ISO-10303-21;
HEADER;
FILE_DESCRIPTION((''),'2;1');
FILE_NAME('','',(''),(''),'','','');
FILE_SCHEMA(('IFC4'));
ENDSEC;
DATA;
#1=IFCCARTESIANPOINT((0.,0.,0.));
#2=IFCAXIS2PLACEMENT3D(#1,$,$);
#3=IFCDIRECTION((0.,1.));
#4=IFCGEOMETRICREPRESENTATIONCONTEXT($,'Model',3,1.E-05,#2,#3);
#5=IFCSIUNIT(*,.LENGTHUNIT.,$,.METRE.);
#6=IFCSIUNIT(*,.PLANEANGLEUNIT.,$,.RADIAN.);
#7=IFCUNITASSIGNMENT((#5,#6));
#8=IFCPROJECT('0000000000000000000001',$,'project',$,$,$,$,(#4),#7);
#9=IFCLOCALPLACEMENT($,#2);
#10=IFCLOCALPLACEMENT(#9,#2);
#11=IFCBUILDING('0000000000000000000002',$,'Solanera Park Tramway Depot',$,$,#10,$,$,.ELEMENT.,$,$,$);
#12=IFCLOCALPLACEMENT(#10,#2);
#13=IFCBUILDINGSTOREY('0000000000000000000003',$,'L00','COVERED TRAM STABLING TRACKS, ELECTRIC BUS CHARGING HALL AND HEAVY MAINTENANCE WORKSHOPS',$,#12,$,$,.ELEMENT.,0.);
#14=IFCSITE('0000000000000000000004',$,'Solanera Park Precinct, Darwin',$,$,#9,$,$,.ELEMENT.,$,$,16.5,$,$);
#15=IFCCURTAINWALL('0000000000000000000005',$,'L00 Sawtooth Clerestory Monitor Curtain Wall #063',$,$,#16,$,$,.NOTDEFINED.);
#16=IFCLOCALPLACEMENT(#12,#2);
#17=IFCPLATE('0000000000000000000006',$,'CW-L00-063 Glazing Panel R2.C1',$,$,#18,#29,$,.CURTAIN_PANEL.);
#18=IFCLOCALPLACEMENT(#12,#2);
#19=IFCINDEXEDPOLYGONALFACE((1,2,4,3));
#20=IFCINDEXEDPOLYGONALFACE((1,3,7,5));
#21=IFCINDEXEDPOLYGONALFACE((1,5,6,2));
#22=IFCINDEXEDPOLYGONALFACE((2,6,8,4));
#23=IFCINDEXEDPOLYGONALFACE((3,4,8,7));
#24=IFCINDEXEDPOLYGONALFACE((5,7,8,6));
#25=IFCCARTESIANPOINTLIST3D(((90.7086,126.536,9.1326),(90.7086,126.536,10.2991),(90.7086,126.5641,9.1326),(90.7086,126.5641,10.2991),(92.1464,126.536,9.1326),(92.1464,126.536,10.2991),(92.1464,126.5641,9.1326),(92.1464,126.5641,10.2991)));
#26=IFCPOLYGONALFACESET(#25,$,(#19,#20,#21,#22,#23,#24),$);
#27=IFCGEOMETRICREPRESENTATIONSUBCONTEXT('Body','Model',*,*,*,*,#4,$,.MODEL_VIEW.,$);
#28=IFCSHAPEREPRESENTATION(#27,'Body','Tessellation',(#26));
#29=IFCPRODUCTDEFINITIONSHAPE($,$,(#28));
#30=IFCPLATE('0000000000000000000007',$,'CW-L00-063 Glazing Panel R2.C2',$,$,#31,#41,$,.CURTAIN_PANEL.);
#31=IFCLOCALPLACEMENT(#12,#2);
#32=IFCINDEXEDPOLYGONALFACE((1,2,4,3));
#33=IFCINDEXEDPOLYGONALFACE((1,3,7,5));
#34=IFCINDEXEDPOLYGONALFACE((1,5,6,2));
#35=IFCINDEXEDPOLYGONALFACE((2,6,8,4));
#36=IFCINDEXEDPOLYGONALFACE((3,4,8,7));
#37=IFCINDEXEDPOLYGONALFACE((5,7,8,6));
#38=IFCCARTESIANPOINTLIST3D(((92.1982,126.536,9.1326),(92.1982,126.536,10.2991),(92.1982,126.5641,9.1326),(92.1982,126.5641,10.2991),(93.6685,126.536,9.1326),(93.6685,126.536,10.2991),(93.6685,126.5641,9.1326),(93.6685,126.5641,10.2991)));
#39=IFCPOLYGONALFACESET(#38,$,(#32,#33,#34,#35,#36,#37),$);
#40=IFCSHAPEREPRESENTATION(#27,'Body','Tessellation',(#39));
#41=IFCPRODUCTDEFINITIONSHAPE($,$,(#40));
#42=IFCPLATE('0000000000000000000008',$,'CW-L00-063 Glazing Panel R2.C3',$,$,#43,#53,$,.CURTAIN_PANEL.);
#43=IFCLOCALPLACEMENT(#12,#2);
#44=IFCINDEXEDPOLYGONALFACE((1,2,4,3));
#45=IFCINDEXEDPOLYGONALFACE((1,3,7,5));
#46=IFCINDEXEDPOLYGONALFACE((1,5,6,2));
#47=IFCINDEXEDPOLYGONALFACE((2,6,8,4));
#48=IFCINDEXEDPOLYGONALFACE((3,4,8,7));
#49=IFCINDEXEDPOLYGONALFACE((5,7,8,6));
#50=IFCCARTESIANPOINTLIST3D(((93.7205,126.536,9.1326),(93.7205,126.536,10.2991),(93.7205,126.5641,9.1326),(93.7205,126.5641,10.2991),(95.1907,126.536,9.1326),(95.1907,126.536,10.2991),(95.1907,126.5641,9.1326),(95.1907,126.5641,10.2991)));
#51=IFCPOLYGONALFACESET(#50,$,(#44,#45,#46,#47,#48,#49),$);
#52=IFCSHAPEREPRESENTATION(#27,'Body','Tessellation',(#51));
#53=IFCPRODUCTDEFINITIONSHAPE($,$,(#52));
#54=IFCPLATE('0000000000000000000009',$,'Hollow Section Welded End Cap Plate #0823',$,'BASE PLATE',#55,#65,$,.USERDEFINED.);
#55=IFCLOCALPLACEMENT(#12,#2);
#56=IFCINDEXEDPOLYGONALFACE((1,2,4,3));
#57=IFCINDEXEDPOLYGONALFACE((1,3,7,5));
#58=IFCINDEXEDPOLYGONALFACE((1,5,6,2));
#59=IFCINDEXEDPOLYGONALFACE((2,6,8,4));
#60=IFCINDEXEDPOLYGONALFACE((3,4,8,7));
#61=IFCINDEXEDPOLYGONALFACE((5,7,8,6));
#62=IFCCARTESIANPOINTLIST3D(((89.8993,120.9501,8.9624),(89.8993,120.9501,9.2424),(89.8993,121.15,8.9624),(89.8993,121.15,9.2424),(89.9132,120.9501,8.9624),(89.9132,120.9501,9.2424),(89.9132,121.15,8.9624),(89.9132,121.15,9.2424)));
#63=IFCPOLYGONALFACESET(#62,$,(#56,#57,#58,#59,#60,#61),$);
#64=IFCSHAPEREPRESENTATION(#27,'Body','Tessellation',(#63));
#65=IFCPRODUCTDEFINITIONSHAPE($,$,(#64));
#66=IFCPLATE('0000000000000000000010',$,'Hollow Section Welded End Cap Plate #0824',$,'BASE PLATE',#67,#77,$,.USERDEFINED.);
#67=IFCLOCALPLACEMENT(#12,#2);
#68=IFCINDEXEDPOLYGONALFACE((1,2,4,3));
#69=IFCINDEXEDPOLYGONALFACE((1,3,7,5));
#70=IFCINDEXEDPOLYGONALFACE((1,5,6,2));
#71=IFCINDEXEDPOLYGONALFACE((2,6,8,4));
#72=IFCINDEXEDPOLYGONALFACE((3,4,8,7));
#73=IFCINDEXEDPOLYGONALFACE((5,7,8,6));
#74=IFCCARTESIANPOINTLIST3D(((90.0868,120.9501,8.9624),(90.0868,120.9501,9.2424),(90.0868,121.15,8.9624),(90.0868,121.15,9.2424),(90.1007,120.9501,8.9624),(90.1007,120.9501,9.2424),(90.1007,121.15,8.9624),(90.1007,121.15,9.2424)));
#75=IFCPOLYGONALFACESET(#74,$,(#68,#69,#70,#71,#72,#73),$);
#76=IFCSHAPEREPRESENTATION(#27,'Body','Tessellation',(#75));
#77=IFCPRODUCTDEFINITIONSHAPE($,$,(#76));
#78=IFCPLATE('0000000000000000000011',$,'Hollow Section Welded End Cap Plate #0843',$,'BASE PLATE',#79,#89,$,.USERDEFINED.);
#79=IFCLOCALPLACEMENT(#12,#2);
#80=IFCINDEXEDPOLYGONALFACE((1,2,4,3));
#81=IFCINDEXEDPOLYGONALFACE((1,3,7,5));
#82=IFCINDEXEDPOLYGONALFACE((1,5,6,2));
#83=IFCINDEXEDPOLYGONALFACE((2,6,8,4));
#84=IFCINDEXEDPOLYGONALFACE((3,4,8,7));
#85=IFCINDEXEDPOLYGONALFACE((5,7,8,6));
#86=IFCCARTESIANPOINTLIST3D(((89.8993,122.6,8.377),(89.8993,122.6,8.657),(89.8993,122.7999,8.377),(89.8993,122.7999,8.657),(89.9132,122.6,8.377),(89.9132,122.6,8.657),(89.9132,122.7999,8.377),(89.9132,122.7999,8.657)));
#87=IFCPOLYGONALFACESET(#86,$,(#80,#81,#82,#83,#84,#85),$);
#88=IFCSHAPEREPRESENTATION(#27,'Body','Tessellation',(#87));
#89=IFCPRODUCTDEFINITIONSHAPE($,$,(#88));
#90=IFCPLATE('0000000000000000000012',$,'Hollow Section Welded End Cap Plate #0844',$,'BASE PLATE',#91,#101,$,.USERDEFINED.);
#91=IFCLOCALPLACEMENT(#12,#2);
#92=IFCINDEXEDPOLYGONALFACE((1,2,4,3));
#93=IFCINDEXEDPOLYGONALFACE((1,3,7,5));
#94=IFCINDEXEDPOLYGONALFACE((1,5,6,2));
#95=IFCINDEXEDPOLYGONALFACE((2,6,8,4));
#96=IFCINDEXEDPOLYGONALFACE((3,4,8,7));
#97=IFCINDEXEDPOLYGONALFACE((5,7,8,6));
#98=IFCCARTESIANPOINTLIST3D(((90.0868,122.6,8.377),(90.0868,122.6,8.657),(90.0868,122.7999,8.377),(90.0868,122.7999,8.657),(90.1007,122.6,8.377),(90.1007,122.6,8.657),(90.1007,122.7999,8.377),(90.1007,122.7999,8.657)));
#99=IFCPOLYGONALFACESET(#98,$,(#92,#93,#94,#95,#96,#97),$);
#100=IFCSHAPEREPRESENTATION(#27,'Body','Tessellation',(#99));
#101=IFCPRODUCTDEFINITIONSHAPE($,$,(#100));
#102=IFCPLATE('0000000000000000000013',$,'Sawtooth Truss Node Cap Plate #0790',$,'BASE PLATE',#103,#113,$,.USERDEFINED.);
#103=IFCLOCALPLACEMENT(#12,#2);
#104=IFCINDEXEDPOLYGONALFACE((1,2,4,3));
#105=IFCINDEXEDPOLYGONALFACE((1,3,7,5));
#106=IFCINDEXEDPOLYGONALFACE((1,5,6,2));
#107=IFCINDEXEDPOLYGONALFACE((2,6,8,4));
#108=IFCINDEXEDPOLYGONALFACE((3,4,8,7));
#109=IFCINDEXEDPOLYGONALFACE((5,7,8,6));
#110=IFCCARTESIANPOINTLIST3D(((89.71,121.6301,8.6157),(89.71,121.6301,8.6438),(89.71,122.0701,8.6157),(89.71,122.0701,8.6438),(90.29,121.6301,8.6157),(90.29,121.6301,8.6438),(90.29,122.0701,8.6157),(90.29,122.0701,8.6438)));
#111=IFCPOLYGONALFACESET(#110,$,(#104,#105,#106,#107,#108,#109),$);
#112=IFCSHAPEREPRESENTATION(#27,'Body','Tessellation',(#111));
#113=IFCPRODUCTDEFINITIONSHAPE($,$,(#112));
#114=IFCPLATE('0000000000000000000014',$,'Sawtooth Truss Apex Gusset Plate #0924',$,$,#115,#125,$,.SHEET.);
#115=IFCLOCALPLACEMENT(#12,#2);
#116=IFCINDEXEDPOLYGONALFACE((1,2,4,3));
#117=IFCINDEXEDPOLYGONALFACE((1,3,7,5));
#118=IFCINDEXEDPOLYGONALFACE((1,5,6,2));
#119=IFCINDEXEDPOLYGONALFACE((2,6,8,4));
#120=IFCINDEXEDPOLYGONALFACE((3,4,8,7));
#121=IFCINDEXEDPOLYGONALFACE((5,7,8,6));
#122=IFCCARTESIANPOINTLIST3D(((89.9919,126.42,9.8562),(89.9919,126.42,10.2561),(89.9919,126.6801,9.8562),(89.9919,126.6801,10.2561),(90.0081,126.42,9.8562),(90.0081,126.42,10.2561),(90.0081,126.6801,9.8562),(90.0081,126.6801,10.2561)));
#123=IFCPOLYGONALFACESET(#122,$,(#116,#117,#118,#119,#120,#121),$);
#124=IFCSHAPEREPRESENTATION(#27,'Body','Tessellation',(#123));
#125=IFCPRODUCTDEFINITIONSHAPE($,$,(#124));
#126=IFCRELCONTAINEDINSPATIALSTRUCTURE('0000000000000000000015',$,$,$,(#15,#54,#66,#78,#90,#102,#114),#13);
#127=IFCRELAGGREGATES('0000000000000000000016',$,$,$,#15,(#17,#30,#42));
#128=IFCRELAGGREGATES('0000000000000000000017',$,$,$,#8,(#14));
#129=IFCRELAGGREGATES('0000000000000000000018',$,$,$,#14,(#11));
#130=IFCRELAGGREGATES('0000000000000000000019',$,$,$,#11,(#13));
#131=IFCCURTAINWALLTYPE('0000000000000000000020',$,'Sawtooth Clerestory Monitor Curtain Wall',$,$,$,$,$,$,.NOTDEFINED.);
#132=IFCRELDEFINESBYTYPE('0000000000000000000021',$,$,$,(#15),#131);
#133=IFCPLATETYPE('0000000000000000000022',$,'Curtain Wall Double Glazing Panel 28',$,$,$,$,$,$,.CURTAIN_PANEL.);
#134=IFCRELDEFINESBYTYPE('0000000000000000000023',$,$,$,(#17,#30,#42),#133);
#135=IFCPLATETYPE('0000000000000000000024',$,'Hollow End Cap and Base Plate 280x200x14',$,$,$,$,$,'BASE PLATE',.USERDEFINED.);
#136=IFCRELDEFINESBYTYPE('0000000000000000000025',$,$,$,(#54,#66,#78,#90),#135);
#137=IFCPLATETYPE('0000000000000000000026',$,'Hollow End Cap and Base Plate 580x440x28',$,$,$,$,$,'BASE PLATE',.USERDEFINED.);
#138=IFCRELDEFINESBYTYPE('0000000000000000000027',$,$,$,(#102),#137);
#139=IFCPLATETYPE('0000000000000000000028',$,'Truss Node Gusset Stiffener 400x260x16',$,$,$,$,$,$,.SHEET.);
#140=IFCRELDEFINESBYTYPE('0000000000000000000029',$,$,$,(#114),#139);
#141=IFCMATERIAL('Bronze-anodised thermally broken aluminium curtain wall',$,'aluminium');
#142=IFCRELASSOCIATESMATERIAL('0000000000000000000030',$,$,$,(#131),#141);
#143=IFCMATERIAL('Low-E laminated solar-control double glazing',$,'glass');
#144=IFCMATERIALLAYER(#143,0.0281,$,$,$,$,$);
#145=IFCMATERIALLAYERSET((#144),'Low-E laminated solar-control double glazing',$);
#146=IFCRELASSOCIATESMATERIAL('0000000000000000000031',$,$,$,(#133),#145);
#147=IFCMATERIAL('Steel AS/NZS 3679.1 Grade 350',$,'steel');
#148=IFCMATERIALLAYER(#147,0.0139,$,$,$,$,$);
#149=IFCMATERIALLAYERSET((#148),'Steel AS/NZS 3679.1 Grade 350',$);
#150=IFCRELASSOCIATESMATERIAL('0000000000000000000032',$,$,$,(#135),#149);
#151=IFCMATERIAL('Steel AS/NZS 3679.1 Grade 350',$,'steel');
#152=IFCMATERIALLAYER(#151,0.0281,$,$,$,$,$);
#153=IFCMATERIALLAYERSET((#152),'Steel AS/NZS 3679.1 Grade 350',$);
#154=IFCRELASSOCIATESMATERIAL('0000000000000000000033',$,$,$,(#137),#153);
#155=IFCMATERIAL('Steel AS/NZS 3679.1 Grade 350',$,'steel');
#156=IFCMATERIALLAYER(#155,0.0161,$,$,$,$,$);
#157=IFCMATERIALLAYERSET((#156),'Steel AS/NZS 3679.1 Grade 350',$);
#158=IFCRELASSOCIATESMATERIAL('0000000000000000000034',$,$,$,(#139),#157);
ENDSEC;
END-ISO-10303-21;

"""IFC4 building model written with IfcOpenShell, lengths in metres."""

from ifc_helpers import new_model, si_unit, direction, frame, origin, origin_2d, place, context, subcontext, project, spatial, rectangle, extrude, material, layer, layer_set, type_object, element, aggregate, save


model = new_model("IFC4")

# Units and contexts
model_context = context("Model", 3, precision=1e-05, world=origin(), true_north=direction((0.0, 1.0)))
body_context = subcontext(model_context, "Body", "Model", "MODEL_VIEW")
ifc_project = project(units=[si_unit("LENGTHUNIT", "METRE"), si_unit("PLANEANGLEUNIT", "RADIAN")], contexts=[model_context])

# Site, building, storey
site_placement = place(None, origin())
site = spatial("IfcSite", under=ifc_project, at=site_placement, Name="Solanera Park Precinct, Darwin", CompositionType="ELEMENT", RefElevation=16.5)
building_placement = place(site_placement, origin())
building = spatial("IfcBuilding", under=site, at=building_placement, Name="Solanera Park Tramway Depot", CompositionType="ELEMENT")
storey_placement = place(building_placement, origin())
storey = spatial("IfcBuildingStorey", under=building, at=storey_placement, Name="L00", Description="COVERED TRAM STABLING TRACKS, ELECTRIC BUS CHARGING HALL AND HEAVY MAINTENANCE WORKSHOPS", CompositionType="ELEMENT", Elevation=0.0)

# Curtain wall
ifc_material_1 = material(Name="Bronze-anodised thermally broken aluminium curtain wall", Category="aluminium")
curtain_wall_type = type_object("IfcCurtainWallType", Name="Sawtooth Clerestory Monitor Curtain Wall", PredefinedType="NOTDEFINED", material=ifc_material_1)
curtain_wall_1_placement = place(storey_placement, origin())
curtain_wall_1 = element("IfcCurtainWall", 1, at=curtain_wall_1_placement, inside=storey, type_object=curtain_wall_type, Name="L00 Sawtooth Clerestory Monitor Curtain Wall #063", PredefinedType="NOTDEFINED")

# Plates
ifc_material_2 = material(Name="Low-E laminated solar-control double glazing", Category="glass")
ifc_layer_1 = layer(ifc_material_2, 0.0281)
ifc_layer_set_1 = layer_set([ifc_layer_1], Name="Low-E laminated solar-control double glazing")
plate_type_1 = type_object("IfcPlateType", Name="Curtain Wall Double Glazing Panel 28", PredefinedType="CURTAIN_PANEL", material=ifc_layer_set_1)
plate_1_placement = place(storey_placement, frame((91.4275, 126.55, 9.1326), z_axis=(0.0, 0.0, 1.0), x_axis=(1.0, 0.0, 0.0)))
plate_1 = element("IfcPlate", 2, at=plate_1_placement, type_object=plate_type_1, Name="CW-L00-063 Glazing Panel R2.C1", PredefinedType="CURTAIN_PANEL", context=body_context, shape_type="SweptSolid", body=[
    extrude(rectangle(XDim=1.4377, YDim=0.0281, at=origin_2d()), origin(), (0.0, 0.0, 1.0), 1.1665),
])
plate_2_placement = place(storey_placement, frame((92.9333, 126.55, 9.1326), z_axis=(0.0, 0.0, 1.0), x_axis=(1.0, 0.0, 0.0)))
plate_2 = element("IfcPlate", 3, at=plate_2_placement, type_object=plate_type_1, Name="CW-L00-063 Glazing Panel R2.C2", PredefinedType="CURTAIN_PANEL", context=body_context, shape_type="SweptSolid", body=[
    extrude(rectangle(XDim=1.4702, YDim=0.0281, at=origin_2d()), origin(), (0.0, 0.0, 1.0), 1.1665),
])
plate_3_placement = place(storey_placement, frame((94.4556, 126.55, 9.1326), z_axis=(0.0, 0.0, 1.0), x_axis=(1.0, 0.0, 0.0)))
plate_3 = element("IfcPlate", 4, at=plate_3_placement, type_object=plate_type_1, Name="CW-L00-063 Glazing Panel R2.C3", PredefinedType="CURTAIN_PANEL", context=body_context, shape_type="SweptSolid", body=[
    extrude(rectangle(XDim=1.4702, YDim=0.0281, at=origin_2d()), origin(), (0.0, 0.0, 1.0), 1.1665),
])
aggregate(curtain_wall_1, [plate_1, plate_2, plate_3])

# Plates
ifc_material_3 = material(Name="Steel AS/NZS 3679.1 Grade 350", Category="steel")
ifc_layer_2 = layer(ifc_material_3, 0.0139)
ifc_layer_set_2 = layer_set([ifc_layer_2], Name="Steel AS/NZS 3679.1 Grade 350")
plate_type_2 = type_object("IfcPlateType", Name="Hollow End Cap and Base Plate 280x200x14", ElementType="BASE PLATE", PredefinedType="USERDEFINED", material=ifc_layer_set_2)
for number, where, z_axis, x_axis, name in (
    (5, (89.9062, 121.05, 8.9624), (0.0, 0.0, 1.0), (1.0, 0.0, 0.0), "Hollow Section Welded End Cap Plate #0823"),
    (6, (90.0938, 121.05, 8.9624), (0.0, 0.0, 1.0), (1.0, 0.0, 0.0), "Hollow Section Welded End Cap Plate #0824"),
    (7, (89.9062, 122.7, 8.377), (0.0, 0.0, 1.0), (1.0, 0.0, 0.0), "Hollow Section Welded End Cap Plate #0843"),
    (8, (90.0938, 122.7, 8.377), (0.0, 0.0, 1.0), (1.0, 0.0, 0.0), "Hollow Section Welded End Cap Plate #0844"),
):
    element("IfcPlate", number, at=place(storey_placement, frame(where, z_axis=z_axis, x_axis=x_axis)), inside=storey, type_object=plate_type_2, Name=name, ObjectType="BASE PLATE", PredefinedType="USERDEFINED", context=body_context, shape_type="SweptSolid", body=[
        extrude(rectangle(XDim=0.0139, YDim=0.2, at=origin_2d()), origin(), (0.0, 0.0, 1.0), 0.28),
    ])
ifc_material_4 = material(Name="Steel AS/NZS 3679.1 Grade 350", Category="steel")
ifc_layer_3 = layer(ifc_material_4, 0.0281)
ifc_layer_set_3 = layer_set([ifc_layer_3], Name="Steel AS/NZS 3679.1 Grade 350")
plate_type_3 = type_object("IfcPlateType", Name="Hollow End Cap and Base Plate 580x440x28", ElementType="BASE PLATE", PredefinedType="USERDEFINED", material=ifc_layer_set_3)
plate_4_placement = place(storey_placement, frame((90.0, 121.8501, 8.6157), z_axis=(0.0, 0.0, 1.0), x_axis=(1.0, 0.0, 0.0)))
element("IfcPlate", 9, at=plate_4_placement, inside=storey, type_object=plate_type_3, Name="Sawtooth Truss Node Cap Plate #0790", ObjectType="BASE PLATE", PredefinedType="USERDEFINED", context=body_context, shape_type="SweptSolid", body=[
    extrude(rectangle(XDim=0.5801, YDim=0.4399, at=origin_2d()), origin(), (0.0, 0.0, 1.0), 0.0281),
])
ifc_material_5 = material(Name="Steel AS/NZS 3679.1 Grade 350", Category="steel")
ifc_layer_4 = layer(ifc_material_5, 0.0161)
ifc_layer_set_4 = layer_set([ifc_layer_4], Name="Steel AS/NZS 3679.1 Grade 350")
plate_type_4 = type_object("IfcPlateType", Name="Truss Node Gusset Stiffener 400x260x16", PredefinedType="SHEET", material=ifc_layer_set_4)
plate_5_placement = place(storey_placement, frame((90.0, 126.55, 9.8562), z_axis=(0.0, 0.0, 1.0), x_axis=(1.0, 0.0, 0.0)))
element("IfcPlate", 10, at=plate_5_placement, inside=storey, type_object=plate_type_4, Name="Sawtooth Truss Apex Gusset Plate #0924", PredefinedType="SHEET", context=body_context, shape_type="SweptSolid", body=[
    extrude(rectangle(XDim=0.0161, YDim=0.26, at=origin_2d()), origin(), (0.0, 0.0, 1.0), 0.3999),
])

save(model, "model.ifc")
